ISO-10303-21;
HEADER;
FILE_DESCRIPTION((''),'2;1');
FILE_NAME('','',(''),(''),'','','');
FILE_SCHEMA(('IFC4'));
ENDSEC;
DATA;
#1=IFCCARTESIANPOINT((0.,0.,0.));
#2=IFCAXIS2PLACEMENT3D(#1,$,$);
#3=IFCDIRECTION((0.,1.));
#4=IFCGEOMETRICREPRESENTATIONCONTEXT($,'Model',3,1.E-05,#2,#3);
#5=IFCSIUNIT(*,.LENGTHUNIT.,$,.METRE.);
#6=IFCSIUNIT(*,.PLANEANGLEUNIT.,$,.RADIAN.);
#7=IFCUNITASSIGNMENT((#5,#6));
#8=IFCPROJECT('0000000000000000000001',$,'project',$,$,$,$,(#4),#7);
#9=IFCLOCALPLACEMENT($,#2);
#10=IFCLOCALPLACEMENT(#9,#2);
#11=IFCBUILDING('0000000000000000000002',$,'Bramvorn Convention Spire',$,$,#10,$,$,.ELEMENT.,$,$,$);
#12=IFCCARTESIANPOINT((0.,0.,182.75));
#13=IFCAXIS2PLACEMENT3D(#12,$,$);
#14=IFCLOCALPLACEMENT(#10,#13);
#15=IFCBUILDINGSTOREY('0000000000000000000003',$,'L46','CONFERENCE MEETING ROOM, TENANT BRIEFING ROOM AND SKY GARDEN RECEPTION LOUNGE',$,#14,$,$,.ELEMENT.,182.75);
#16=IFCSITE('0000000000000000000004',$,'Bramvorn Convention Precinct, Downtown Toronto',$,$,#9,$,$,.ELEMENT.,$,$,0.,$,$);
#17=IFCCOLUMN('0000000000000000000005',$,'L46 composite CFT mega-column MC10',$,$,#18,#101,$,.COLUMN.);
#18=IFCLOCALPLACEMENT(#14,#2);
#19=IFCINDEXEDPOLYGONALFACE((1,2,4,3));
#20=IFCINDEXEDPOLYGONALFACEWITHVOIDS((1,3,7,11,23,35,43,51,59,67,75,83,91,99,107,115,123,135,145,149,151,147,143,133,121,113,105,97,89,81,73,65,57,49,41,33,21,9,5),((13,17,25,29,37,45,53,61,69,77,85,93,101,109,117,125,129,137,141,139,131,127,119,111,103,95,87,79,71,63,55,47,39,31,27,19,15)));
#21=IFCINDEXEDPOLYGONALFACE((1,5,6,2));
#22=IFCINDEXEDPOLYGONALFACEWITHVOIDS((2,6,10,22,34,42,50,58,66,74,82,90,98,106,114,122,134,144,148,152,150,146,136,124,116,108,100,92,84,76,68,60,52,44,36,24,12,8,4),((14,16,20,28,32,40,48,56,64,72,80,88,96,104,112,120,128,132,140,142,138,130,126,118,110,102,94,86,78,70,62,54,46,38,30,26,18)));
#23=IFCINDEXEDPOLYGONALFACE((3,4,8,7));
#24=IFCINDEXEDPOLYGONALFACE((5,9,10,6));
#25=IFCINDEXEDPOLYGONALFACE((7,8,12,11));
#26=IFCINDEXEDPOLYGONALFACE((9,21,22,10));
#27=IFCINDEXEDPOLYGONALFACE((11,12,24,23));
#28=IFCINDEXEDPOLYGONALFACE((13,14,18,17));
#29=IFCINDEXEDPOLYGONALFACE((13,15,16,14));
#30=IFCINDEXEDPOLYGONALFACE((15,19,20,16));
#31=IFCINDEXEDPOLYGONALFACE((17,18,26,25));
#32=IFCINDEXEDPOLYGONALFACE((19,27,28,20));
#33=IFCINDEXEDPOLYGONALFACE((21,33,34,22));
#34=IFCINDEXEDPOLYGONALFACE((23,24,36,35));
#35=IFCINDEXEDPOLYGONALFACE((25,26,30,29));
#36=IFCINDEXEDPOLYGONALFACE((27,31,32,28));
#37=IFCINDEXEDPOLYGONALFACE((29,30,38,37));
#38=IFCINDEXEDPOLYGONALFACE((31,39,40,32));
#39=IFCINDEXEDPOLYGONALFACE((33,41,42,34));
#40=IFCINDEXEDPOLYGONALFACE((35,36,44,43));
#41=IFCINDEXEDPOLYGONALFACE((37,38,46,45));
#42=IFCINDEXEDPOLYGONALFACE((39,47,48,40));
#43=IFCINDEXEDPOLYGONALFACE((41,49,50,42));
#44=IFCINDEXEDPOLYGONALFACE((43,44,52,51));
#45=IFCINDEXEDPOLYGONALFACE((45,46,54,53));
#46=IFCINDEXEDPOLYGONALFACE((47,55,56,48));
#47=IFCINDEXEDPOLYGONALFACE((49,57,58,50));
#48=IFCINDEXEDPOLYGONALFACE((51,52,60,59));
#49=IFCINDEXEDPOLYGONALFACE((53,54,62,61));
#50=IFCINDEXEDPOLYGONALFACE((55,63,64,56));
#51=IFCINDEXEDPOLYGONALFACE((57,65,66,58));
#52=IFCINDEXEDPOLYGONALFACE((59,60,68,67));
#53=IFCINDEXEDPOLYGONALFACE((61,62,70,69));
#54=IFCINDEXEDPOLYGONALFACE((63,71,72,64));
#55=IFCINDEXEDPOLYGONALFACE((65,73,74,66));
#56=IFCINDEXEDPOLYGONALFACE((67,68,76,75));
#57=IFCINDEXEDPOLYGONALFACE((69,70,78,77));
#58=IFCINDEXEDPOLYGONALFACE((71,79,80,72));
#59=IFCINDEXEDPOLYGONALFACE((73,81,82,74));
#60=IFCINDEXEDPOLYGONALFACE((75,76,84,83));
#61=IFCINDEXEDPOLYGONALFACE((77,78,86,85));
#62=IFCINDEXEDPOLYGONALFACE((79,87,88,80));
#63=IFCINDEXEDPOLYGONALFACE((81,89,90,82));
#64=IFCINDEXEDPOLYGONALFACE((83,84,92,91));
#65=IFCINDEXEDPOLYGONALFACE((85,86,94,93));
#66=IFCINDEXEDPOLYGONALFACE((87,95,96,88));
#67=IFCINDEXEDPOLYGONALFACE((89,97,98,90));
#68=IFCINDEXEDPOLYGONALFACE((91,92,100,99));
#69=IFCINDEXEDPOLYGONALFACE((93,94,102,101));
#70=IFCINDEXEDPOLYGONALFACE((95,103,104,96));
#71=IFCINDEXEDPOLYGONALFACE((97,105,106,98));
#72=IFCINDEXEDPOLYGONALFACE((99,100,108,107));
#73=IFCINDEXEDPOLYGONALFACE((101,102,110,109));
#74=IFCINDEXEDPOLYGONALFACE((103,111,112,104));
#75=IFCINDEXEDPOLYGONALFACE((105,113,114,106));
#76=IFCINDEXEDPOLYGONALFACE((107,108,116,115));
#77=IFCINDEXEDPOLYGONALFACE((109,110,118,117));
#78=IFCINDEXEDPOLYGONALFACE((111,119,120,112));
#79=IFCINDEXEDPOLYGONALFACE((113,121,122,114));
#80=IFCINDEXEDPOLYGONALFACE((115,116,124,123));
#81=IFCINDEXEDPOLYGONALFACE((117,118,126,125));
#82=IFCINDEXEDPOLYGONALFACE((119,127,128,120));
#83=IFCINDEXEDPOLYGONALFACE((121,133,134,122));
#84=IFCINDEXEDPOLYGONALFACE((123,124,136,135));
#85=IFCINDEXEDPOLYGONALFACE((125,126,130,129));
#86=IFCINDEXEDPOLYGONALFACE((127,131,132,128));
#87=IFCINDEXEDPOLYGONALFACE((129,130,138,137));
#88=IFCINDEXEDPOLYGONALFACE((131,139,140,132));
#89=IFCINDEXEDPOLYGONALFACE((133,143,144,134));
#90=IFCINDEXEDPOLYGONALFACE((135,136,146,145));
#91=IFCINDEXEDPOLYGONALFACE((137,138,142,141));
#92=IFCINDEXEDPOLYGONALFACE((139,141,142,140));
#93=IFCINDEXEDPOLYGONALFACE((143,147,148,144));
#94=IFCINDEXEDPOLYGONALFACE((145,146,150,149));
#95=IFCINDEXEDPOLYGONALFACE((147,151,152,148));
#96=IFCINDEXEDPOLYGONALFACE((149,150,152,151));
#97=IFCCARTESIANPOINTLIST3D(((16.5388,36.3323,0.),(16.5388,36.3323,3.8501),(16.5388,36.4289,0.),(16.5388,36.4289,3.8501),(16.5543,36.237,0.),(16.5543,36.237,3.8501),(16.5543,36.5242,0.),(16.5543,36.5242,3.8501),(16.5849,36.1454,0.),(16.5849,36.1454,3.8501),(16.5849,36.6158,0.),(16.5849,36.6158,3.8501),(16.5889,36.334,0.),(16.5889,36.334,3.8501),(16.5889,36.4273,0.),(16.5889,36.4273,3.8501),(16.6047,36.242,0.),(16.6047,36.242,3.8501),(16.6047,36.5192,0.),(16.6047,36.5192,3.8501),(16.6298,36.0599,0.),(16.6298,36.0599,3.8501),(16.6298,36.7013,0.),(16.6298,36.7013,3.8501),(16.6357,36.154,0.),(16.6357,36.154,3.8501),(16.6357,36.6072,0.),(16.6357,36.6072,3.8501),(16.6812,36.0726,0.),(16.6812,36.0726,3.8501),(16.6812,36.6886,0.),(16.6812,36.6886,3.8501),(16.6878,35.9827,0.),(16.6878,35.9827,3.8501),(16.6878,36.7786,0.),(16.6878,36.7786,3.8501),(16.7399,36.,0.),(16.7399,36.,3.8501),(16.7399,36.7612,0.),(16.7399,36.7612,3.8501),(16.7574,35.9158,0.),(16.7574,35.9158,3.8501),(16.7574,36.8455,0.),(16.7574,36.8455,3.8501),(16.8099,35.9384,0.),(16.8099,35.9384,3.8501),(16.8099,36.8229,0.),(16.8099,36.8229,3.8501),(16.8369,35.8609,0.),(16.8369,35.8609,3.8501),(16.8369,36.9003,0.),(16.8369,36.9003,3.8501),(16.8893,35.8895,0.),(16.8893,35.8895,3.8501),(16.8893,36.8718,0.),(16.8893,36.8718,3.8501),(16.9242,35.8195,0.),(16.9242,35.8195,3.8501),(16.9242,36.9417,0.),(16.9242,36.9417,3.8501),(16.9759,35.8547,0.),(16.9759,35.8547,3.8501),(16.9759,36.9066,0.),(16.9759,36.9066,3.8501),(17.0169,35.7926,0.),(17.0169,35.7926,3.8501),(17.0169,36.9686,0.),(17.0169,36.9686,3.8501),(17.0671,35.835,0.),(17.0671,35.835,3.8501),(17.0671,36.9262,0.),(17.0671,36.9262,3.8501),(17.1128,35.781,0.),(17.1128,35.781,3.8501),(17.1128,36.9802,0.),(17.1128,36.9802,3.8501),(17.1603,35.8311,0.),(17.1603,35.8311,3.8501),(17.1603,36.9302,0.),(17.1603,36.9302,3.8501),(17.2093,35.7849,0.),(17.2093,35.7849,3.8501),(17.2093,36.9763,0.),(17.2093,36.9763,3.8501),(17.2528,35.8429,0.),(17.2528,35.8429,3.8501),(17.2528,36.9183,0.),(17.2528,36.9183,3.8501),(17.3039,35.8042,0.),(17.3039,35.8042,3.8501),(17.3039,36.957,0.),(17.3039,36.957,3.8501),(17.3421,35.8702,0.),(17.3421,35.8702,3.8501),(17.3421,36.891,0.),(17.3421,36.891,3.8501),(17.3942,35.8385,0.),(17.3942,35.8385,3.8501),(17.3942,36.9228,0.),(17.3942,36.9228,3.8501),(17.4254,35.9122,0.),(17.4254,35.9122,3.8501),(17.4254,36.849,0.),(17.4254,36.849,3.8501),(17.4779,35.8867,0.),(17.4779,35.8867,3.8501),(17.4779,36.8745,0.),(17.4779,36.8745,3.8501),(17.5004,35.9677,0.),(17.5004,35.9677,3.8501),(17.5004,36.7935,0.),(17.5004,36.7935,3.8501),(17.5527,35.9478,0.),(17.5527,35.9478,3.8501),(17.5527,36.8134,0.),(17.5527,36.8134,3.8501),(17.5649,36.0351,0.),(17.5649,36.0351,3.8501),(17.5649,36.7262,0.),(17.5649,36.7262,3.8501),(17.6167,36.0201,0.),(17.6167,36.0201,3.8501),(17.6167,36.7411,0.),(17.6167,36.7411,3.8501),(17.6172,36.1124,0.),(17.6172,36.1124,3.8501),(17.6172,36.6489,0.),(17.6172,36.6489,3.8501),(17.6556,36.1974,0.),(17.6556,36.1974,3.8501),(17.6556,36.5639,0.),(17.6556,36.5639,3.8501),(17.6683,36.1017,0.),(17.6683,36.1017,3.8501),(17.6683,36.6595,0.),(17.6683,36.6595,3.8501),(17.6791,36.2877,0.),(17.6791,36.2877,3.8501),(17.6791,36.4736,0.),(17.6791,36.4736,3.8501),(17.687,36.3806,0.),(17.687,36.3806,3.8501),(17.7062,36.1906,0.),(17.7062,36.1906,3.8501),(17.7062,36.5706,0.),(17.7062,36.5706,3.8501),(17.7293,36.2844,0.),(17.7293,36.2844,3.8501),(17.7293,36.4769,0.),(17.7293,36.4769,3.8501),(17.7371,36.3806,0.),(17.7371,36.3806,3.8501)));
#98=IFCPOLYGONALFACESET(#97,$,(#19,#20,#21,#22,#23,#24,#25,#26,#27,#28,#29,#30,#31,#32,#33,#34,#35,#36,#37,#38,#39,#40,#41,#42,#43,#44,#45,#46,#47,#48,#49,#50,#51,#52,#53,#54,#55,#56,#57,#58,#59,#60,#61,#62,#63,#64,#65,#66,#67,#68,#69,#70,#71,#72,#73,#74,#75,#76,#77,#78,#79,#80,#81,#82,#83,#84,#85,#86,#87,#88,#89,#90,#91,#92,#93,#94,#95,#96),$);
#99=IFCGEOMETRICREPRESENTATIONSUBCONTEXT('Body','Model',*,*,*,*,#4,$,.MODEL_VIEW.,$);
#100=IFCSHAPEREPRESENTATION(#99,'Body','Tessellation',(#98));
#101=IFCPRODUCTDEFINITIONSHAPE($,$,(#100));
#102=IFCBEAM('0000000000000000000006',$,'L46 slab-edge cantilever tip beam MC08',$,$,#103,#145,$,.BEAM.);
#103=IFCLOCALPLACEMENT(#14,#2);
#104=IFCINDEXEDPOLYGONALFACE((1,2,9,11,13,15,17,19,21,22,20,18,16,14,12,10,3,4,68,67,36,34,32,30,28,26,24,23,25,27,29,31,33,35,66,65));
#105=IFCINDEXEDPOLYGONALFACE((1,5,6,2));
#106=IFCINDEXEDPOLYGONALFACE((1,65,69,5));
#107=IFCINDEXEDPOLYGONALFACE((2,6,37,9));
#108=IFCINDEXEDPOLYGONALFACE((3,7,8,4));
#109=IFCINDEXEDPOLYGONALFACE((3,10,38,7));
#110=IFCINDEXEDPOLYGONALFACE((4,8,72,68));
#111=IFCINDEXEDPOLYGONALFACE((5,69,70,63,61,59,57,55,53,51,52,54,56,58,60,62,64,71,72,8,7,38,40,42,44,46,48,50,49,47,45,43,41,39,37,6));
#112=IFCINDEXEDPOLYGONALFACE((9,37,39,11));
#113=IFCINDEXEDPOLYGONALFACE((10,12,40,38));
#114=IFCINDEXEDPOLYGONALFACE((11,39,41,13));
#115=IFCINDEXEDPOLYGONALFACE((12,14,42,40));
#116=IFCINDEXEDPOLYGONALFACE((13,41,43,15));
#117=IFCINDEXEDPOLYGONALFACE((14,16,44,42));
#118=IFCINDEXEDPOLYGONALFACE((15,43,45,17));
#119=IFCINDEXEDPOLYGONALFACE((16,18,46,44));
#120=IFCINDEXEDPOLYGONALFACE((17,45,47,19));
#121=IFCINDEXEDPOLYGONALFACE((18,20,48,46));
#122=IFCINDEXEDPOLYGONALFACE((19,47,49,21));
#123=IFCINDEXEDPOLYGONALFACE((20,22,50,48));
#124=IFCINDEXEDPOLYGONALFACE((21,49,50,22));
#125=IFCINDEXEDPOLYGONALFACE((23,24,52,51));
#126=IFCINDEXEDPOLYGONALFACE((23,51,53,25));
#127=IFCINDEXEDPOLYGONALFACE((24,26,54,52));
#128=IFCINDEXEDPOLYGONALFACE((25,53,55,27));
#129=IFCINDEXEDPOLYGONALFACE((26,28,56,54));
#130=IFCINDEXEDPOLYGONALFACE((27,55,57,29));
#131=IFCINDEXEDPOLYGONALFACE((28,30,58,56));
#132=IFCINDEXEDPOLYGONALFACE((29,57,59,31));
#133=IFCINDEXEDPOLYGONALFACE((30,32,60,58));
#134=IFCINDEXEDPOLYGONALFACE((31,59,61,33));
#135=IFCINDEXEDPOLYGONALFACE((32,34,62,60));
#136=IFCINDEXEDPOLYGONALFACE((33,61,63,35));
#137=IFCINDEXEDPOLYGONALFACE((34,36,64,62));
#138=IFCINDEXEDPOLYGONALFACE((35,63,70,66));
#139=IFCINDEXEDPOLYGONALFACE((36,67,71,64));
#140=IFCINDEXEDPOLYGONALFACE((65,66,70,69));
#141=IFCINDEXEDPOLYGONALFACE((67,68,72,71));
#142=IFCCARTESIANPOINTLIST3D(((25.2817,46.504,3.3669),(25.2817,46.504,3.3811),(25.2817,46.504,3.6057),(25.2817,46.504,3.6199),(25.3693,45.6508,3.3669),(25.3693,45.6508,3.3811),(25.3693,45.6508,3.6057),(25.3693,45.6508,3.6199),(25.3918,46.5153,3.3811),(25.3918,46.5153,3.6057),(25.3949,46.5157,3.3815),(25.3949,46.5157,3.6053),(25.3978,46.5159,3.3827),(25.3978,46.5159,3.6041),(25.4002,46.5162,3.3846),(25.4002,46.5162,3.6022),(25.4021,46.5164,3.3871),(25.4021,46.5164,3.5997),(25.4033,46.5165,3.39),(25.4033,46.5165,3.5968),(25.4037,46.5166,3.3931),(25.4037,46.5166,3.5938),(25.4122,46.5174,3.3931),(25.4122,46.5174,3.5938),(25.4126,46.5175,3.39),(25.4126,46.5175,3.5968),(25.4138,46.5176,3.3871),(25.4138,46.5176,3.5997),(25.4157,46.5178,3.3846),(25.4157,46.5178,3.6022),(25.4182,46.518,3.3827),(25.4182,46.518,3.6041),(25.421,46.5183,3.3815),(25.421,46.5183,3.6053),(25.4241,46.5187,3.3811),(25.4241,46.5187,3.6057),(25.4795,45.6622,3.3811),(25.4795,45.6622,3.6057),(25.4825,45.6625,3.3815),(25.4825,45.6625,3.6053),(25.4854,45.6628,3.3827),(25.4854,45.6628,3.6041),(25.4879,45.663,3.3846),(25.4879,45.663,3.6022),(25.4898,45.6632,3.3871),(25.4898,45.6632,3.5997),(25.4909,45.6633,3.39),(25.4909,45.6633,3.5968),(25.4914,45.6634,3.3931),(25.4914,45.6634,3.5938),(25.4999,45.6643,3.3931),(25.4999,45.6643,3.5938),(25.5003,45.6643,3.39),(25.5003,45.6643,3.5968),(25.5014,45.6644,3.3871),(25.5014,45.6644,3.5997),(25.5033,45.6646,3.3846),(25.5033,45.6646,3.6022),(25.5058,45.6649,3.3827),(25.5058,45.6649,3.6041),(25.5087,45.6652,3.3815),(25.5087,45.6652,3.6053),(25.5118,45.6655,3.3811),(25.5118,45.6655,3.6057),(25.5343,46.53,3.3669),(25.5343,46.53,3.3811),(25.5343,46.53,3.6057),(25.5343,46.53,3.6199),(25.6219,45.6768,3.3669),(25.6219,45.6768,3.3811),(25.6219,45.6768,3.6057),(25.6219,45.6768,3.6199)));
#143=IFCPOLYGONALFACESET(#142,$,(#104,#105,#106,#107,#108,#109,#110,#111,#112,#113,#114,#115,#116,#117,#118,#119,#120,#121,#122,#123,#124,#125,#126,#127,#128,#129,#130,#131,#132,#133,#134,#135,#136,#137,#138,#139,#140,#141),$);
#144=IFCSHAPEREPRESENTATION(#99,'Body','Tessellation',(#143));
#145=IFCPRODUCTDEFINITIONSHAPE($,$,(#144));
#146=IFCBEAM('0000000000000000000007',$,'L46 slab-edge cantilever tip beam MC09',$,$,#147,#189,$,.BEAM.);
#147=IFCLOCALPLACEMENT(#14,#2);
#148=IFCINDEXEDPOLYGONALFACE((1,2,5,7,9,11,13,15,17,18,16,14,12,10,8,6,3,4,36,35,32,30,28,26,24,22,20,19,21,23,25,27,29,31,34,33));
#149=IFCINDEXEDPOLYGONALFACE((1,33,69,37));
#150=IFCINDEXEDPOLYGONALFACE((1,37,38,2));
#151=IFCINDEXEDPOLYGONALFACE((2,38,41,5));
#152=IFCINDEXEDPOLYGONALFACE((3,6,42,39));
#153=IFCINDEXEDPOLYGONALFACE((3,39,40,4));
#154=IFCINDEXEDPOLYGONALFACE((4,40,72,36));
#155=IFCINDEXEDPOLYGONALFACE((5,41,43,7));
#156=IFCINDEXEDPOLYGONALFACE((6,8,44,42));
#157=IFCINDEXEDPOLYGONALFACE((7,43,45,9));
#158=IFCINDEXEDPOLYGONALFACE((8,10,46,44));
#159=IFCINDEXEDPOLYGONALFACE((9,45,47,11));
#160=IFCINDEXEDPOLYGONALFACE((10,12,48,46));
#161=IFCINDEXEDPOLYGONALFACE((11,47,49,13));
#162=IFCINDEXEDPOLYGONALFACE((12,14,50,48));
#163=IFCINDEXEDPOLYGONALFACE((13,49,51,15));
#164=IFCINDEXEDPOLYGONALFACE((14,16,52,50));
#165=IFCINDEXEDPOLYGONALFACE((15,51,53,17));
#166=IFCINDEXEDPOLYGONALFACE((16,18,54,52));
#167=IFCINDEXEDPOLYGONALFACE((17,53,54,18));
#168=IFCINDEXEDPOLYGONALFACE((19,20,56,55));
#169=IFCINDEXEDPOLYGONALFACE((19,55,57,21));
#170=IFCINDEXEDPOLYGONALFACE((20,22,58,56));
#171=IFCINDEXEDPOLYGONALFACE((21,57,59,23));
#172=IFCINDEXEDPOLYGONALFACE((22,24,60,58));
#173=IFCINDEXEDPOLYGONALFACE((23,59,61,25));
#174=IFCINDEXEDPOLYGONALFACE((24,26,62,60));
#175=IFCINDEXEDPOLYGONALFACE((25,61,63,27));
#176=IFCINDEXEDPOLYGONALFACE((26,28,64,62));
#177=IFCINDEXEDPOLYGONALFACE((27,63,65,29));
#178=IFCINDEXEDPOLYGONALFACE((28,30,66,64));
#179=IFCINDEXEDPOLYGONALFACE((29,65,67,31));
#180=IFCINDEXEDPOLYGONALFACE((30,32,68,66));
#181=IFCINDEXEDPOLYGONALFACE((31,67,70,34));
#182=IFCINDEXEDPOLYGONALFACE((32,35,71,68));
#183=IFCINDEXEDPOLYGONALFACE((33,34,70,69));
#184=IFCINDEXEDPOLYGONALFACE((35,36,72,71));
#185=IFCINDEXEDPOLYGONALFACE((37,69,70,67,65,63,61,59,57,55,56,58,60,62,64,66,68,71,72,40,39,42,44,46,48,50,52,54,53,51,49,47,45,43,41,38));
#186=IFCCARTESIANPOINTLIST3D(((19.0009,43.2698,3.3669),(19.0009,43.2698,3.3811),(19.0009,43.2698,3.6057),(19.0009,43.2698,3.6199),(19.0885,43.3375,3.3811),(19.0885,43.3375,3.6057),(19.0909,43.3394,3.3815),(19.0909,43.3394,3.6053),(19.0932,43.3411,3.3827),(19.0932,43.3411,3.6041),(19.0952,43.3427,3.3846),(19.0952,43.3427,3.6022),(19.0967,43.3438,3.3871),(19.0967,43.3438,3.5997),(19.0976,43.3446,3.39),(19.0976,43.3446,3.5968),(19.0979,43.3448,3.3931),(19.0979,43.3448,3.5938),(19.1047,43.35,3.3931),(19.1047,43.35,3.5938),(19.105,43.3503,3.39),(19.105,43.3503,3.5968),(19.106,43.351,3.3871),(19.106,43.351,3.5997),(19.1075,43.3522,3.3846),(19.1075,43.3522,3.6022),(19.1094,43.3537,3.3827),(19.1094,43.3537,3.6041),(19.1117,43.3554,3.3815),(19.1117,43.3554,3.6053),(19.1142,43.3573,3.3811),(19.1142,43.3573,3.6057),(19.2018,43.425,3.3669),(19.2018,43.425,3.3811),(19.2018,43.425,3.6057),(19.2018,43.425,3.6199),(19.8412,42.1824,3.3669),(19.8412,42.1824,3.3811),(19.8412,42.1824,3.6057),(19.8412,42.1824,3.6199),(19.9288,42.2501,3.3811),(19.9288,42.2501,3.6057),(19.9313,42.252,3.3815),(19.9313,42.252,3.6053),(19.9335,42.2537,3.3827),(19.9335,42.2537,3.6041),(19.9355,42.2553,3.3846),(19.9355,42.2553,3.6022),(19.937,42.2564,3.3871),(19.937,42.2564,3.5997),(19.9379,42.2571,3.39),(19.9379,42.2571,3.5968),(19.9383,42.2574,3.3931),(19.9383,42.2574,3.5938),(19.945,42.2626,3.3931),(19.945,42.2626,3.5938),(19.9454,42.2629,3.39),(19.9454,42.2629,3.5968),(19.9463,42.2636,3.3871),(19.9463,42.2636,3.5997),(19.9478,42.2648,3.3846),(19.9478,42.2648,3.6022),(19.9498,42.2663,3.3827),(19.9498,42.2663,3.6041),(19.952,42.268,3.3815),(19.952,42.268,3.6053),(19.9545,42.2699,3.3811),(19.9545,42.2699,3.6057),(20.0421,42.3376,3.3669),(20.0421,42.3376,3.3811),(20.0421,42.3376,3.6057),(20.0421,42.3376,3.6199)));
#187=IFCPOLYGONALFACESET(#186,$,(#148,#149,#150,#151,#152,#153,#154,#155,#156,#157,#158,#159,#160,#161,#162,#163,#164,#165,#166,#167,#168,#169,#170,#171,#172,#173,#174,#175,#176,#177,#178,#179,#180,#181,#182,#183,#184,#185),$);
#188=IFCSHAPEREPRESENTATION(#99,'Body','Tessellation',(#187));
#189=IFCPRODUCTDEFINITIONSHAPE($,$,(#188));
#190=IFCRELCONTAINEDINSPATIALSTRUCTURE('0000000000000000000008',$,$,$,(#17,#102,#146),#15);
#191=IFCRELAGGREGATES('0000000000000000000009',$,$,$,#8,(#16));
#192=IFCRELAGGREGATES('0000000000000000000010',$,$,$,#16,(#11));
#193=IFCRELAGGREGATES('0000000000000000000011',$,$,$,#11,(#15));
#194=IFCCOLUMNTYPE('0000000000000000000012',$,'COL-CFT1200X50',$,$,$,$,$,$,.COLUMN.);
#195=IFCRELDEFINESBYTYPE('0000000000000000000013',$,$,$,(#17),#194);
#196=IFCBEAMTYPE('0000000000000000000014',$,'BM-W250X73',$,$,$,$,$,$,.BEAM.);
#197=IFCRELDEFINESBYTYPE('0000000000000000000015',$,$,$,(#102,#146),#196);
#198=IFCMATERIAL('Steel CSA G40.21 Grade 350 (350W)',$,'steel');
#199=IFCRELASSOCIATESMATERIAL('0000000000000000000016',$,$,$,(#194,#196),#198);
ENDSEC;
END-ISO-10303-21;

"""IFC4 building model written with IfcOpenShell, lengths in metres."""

from ifc_helpers import new_model, si_unit, direction, frame, origin, origin_2d, place, context, subcontext, project, spatial, hollow_circle, i_section, extrude, material, material_profile, profile_set, type_object, element, save


model = new_model("IFC4")

# Units and contexts
model_context = context("Model", 3, precision=1e-05, world=origin(), true_north=direction((0.0, 1.0)))
body_context = subcontext(model_context, "Body", "Model", "MODEL_VIEW")
ifc_project = project(units=[si_unit("LENGTHUNIT", "METRE"), si_unit("PLANEANGLEUNIT", "RADIAN")], contexts=[model_context])

# Site, building, storey
site_placement = place(None, origin())
site = spatial("IfcSite", under=ifc_project, at=site_placement, Name="Bramvorn Convention Precinct, Downtown Toronto", CompositionType="ELEMENT", RefElevation=0.0)
building_placement = place(site_placement, origin())
building = spatial("IfcBuilding", under=site, at=building_placement, Name="Bramvorn Convention Spire", CompositionType="ELEMENT")
storey_placement = place(building_placement, frame((0.0, 0.0, 182.75)))
storey = spatial("IfcBuildingStorey", under=building, at=storey_placement, Name="L46", Description="CONFERENCE MEETING ROOM, TENANT BRIEFING ROOM AND SKY GARDEN RECEPTION LOUNGE", CompositionType="ELEMENT", Elevation=182.75)

# Column
ifc_material_1 = material(Name="Steel CSA G40.21 Grade 350 (350W)", Category="steel")
ifc_material_profile_1 = material_profile(ifc_material_1, hollow_circle(Radius=0.6001, WallThickness=0.05, at=origin_2d()))
ifc_profile_set_1 = profile_set([ifc_material_profile_1], Name="Steel CSA G40.21 Grade 350 (350W) - CFT1200X50")
column_type = type_object("IfcColumnType", Name="COL-CFT1200X50", PredefinedType="COLUMN", material=ifc_profile_set_1)
for number, where, z_axis, x_axis, name in (
    (1, (17.137, 36.3806, 0.0), (0.0, 0.0, 1.0), (1.0, 0.0, 0.0), "L46 composite CFT mega-column MC10"),
):
    element("IfcColumn", number, at=place(storey_placement, frame(where, z_axis=z_axis, x_axis=x_axis)), inside=storey, type_object=column_type, Name=name, PredefinedType="COLUMN", context=body_context, shape_type="SweptSolid", body=[
        extrude(hollow_circle(Radius=0.6001, WallThickness=0.05, at=origin_2d()), origin(), (0.0, 0.0, 1.0), 3.8501),
    ])

# Beams
ifc_material_profile_2 = material_profile(ifc_material_1, i_section(OverallWidth=0.2539, OverallDepth=0.2529, WebThickness=0.0085, FlangeThickness=0.0142, FilletRadius=0.012, at=origin_2d()))
ifc_profile_set_2 = profile_set([ifc_material_profile_2], Name="Steel CSA G40.21 Grade 350 (350W) - W250X73")
beam_type_1 = type_object("IfcBeamType", Name="BM-W250X73", PredefinedType="BEAM", material=ifc_profile_set_2)
beam_1_placement = place(storey_placement, frame((25.4956, 45.6638, 3.4934), z_axis=(-0.102181, 0.994766, 0.0), x_axis=(-0.994766, -0.102181, 0.0)))
element("IfcBeam", 2, at=beam_1_placement, inside=storey, type_object=beam_type_1, Name="L46 slab-edge cantilever tip beam MC08", PredefinedType="BEAM", context=body_context, shape_type="SweptSolid", body=[
    extrude(i_section(OverallWidth=0.2539, OverallDepth=0.2529, WebThickness=0.0085, FlangeThickness=0.0142, FilletRadius=0.012, at=origin_2d()), origin(), (0.0, 0.0, 1.0), 0.8577),
])
beam_2_placement = place(storey_placement, frame((19.9417, 42.26, 3.4934), z_axis=(-0.611478, 0.791262, 0.0), x_axis=(-0.791262, -0.611478, 0.0)))
element("IfcBeam", 3, at=beam_2_placement, inside=storey, type_object=beam_type_1, Name="L46 slab-edge cantilever tip beam MC09", PredefinedType="BEAM", context=body_context, shape_type="SweptSolid", body=[
    extrude(i_section(OverallWidth=0.2539, OverallDepth=0.2529, WebThickness=0.0085, FlangeThickness=0.0142, FilletRadius=0.012, at=origin_2d()), origin(), (0.0, 0.0, 1.0), 1.3743),
])

save(model, "model.ifc")
